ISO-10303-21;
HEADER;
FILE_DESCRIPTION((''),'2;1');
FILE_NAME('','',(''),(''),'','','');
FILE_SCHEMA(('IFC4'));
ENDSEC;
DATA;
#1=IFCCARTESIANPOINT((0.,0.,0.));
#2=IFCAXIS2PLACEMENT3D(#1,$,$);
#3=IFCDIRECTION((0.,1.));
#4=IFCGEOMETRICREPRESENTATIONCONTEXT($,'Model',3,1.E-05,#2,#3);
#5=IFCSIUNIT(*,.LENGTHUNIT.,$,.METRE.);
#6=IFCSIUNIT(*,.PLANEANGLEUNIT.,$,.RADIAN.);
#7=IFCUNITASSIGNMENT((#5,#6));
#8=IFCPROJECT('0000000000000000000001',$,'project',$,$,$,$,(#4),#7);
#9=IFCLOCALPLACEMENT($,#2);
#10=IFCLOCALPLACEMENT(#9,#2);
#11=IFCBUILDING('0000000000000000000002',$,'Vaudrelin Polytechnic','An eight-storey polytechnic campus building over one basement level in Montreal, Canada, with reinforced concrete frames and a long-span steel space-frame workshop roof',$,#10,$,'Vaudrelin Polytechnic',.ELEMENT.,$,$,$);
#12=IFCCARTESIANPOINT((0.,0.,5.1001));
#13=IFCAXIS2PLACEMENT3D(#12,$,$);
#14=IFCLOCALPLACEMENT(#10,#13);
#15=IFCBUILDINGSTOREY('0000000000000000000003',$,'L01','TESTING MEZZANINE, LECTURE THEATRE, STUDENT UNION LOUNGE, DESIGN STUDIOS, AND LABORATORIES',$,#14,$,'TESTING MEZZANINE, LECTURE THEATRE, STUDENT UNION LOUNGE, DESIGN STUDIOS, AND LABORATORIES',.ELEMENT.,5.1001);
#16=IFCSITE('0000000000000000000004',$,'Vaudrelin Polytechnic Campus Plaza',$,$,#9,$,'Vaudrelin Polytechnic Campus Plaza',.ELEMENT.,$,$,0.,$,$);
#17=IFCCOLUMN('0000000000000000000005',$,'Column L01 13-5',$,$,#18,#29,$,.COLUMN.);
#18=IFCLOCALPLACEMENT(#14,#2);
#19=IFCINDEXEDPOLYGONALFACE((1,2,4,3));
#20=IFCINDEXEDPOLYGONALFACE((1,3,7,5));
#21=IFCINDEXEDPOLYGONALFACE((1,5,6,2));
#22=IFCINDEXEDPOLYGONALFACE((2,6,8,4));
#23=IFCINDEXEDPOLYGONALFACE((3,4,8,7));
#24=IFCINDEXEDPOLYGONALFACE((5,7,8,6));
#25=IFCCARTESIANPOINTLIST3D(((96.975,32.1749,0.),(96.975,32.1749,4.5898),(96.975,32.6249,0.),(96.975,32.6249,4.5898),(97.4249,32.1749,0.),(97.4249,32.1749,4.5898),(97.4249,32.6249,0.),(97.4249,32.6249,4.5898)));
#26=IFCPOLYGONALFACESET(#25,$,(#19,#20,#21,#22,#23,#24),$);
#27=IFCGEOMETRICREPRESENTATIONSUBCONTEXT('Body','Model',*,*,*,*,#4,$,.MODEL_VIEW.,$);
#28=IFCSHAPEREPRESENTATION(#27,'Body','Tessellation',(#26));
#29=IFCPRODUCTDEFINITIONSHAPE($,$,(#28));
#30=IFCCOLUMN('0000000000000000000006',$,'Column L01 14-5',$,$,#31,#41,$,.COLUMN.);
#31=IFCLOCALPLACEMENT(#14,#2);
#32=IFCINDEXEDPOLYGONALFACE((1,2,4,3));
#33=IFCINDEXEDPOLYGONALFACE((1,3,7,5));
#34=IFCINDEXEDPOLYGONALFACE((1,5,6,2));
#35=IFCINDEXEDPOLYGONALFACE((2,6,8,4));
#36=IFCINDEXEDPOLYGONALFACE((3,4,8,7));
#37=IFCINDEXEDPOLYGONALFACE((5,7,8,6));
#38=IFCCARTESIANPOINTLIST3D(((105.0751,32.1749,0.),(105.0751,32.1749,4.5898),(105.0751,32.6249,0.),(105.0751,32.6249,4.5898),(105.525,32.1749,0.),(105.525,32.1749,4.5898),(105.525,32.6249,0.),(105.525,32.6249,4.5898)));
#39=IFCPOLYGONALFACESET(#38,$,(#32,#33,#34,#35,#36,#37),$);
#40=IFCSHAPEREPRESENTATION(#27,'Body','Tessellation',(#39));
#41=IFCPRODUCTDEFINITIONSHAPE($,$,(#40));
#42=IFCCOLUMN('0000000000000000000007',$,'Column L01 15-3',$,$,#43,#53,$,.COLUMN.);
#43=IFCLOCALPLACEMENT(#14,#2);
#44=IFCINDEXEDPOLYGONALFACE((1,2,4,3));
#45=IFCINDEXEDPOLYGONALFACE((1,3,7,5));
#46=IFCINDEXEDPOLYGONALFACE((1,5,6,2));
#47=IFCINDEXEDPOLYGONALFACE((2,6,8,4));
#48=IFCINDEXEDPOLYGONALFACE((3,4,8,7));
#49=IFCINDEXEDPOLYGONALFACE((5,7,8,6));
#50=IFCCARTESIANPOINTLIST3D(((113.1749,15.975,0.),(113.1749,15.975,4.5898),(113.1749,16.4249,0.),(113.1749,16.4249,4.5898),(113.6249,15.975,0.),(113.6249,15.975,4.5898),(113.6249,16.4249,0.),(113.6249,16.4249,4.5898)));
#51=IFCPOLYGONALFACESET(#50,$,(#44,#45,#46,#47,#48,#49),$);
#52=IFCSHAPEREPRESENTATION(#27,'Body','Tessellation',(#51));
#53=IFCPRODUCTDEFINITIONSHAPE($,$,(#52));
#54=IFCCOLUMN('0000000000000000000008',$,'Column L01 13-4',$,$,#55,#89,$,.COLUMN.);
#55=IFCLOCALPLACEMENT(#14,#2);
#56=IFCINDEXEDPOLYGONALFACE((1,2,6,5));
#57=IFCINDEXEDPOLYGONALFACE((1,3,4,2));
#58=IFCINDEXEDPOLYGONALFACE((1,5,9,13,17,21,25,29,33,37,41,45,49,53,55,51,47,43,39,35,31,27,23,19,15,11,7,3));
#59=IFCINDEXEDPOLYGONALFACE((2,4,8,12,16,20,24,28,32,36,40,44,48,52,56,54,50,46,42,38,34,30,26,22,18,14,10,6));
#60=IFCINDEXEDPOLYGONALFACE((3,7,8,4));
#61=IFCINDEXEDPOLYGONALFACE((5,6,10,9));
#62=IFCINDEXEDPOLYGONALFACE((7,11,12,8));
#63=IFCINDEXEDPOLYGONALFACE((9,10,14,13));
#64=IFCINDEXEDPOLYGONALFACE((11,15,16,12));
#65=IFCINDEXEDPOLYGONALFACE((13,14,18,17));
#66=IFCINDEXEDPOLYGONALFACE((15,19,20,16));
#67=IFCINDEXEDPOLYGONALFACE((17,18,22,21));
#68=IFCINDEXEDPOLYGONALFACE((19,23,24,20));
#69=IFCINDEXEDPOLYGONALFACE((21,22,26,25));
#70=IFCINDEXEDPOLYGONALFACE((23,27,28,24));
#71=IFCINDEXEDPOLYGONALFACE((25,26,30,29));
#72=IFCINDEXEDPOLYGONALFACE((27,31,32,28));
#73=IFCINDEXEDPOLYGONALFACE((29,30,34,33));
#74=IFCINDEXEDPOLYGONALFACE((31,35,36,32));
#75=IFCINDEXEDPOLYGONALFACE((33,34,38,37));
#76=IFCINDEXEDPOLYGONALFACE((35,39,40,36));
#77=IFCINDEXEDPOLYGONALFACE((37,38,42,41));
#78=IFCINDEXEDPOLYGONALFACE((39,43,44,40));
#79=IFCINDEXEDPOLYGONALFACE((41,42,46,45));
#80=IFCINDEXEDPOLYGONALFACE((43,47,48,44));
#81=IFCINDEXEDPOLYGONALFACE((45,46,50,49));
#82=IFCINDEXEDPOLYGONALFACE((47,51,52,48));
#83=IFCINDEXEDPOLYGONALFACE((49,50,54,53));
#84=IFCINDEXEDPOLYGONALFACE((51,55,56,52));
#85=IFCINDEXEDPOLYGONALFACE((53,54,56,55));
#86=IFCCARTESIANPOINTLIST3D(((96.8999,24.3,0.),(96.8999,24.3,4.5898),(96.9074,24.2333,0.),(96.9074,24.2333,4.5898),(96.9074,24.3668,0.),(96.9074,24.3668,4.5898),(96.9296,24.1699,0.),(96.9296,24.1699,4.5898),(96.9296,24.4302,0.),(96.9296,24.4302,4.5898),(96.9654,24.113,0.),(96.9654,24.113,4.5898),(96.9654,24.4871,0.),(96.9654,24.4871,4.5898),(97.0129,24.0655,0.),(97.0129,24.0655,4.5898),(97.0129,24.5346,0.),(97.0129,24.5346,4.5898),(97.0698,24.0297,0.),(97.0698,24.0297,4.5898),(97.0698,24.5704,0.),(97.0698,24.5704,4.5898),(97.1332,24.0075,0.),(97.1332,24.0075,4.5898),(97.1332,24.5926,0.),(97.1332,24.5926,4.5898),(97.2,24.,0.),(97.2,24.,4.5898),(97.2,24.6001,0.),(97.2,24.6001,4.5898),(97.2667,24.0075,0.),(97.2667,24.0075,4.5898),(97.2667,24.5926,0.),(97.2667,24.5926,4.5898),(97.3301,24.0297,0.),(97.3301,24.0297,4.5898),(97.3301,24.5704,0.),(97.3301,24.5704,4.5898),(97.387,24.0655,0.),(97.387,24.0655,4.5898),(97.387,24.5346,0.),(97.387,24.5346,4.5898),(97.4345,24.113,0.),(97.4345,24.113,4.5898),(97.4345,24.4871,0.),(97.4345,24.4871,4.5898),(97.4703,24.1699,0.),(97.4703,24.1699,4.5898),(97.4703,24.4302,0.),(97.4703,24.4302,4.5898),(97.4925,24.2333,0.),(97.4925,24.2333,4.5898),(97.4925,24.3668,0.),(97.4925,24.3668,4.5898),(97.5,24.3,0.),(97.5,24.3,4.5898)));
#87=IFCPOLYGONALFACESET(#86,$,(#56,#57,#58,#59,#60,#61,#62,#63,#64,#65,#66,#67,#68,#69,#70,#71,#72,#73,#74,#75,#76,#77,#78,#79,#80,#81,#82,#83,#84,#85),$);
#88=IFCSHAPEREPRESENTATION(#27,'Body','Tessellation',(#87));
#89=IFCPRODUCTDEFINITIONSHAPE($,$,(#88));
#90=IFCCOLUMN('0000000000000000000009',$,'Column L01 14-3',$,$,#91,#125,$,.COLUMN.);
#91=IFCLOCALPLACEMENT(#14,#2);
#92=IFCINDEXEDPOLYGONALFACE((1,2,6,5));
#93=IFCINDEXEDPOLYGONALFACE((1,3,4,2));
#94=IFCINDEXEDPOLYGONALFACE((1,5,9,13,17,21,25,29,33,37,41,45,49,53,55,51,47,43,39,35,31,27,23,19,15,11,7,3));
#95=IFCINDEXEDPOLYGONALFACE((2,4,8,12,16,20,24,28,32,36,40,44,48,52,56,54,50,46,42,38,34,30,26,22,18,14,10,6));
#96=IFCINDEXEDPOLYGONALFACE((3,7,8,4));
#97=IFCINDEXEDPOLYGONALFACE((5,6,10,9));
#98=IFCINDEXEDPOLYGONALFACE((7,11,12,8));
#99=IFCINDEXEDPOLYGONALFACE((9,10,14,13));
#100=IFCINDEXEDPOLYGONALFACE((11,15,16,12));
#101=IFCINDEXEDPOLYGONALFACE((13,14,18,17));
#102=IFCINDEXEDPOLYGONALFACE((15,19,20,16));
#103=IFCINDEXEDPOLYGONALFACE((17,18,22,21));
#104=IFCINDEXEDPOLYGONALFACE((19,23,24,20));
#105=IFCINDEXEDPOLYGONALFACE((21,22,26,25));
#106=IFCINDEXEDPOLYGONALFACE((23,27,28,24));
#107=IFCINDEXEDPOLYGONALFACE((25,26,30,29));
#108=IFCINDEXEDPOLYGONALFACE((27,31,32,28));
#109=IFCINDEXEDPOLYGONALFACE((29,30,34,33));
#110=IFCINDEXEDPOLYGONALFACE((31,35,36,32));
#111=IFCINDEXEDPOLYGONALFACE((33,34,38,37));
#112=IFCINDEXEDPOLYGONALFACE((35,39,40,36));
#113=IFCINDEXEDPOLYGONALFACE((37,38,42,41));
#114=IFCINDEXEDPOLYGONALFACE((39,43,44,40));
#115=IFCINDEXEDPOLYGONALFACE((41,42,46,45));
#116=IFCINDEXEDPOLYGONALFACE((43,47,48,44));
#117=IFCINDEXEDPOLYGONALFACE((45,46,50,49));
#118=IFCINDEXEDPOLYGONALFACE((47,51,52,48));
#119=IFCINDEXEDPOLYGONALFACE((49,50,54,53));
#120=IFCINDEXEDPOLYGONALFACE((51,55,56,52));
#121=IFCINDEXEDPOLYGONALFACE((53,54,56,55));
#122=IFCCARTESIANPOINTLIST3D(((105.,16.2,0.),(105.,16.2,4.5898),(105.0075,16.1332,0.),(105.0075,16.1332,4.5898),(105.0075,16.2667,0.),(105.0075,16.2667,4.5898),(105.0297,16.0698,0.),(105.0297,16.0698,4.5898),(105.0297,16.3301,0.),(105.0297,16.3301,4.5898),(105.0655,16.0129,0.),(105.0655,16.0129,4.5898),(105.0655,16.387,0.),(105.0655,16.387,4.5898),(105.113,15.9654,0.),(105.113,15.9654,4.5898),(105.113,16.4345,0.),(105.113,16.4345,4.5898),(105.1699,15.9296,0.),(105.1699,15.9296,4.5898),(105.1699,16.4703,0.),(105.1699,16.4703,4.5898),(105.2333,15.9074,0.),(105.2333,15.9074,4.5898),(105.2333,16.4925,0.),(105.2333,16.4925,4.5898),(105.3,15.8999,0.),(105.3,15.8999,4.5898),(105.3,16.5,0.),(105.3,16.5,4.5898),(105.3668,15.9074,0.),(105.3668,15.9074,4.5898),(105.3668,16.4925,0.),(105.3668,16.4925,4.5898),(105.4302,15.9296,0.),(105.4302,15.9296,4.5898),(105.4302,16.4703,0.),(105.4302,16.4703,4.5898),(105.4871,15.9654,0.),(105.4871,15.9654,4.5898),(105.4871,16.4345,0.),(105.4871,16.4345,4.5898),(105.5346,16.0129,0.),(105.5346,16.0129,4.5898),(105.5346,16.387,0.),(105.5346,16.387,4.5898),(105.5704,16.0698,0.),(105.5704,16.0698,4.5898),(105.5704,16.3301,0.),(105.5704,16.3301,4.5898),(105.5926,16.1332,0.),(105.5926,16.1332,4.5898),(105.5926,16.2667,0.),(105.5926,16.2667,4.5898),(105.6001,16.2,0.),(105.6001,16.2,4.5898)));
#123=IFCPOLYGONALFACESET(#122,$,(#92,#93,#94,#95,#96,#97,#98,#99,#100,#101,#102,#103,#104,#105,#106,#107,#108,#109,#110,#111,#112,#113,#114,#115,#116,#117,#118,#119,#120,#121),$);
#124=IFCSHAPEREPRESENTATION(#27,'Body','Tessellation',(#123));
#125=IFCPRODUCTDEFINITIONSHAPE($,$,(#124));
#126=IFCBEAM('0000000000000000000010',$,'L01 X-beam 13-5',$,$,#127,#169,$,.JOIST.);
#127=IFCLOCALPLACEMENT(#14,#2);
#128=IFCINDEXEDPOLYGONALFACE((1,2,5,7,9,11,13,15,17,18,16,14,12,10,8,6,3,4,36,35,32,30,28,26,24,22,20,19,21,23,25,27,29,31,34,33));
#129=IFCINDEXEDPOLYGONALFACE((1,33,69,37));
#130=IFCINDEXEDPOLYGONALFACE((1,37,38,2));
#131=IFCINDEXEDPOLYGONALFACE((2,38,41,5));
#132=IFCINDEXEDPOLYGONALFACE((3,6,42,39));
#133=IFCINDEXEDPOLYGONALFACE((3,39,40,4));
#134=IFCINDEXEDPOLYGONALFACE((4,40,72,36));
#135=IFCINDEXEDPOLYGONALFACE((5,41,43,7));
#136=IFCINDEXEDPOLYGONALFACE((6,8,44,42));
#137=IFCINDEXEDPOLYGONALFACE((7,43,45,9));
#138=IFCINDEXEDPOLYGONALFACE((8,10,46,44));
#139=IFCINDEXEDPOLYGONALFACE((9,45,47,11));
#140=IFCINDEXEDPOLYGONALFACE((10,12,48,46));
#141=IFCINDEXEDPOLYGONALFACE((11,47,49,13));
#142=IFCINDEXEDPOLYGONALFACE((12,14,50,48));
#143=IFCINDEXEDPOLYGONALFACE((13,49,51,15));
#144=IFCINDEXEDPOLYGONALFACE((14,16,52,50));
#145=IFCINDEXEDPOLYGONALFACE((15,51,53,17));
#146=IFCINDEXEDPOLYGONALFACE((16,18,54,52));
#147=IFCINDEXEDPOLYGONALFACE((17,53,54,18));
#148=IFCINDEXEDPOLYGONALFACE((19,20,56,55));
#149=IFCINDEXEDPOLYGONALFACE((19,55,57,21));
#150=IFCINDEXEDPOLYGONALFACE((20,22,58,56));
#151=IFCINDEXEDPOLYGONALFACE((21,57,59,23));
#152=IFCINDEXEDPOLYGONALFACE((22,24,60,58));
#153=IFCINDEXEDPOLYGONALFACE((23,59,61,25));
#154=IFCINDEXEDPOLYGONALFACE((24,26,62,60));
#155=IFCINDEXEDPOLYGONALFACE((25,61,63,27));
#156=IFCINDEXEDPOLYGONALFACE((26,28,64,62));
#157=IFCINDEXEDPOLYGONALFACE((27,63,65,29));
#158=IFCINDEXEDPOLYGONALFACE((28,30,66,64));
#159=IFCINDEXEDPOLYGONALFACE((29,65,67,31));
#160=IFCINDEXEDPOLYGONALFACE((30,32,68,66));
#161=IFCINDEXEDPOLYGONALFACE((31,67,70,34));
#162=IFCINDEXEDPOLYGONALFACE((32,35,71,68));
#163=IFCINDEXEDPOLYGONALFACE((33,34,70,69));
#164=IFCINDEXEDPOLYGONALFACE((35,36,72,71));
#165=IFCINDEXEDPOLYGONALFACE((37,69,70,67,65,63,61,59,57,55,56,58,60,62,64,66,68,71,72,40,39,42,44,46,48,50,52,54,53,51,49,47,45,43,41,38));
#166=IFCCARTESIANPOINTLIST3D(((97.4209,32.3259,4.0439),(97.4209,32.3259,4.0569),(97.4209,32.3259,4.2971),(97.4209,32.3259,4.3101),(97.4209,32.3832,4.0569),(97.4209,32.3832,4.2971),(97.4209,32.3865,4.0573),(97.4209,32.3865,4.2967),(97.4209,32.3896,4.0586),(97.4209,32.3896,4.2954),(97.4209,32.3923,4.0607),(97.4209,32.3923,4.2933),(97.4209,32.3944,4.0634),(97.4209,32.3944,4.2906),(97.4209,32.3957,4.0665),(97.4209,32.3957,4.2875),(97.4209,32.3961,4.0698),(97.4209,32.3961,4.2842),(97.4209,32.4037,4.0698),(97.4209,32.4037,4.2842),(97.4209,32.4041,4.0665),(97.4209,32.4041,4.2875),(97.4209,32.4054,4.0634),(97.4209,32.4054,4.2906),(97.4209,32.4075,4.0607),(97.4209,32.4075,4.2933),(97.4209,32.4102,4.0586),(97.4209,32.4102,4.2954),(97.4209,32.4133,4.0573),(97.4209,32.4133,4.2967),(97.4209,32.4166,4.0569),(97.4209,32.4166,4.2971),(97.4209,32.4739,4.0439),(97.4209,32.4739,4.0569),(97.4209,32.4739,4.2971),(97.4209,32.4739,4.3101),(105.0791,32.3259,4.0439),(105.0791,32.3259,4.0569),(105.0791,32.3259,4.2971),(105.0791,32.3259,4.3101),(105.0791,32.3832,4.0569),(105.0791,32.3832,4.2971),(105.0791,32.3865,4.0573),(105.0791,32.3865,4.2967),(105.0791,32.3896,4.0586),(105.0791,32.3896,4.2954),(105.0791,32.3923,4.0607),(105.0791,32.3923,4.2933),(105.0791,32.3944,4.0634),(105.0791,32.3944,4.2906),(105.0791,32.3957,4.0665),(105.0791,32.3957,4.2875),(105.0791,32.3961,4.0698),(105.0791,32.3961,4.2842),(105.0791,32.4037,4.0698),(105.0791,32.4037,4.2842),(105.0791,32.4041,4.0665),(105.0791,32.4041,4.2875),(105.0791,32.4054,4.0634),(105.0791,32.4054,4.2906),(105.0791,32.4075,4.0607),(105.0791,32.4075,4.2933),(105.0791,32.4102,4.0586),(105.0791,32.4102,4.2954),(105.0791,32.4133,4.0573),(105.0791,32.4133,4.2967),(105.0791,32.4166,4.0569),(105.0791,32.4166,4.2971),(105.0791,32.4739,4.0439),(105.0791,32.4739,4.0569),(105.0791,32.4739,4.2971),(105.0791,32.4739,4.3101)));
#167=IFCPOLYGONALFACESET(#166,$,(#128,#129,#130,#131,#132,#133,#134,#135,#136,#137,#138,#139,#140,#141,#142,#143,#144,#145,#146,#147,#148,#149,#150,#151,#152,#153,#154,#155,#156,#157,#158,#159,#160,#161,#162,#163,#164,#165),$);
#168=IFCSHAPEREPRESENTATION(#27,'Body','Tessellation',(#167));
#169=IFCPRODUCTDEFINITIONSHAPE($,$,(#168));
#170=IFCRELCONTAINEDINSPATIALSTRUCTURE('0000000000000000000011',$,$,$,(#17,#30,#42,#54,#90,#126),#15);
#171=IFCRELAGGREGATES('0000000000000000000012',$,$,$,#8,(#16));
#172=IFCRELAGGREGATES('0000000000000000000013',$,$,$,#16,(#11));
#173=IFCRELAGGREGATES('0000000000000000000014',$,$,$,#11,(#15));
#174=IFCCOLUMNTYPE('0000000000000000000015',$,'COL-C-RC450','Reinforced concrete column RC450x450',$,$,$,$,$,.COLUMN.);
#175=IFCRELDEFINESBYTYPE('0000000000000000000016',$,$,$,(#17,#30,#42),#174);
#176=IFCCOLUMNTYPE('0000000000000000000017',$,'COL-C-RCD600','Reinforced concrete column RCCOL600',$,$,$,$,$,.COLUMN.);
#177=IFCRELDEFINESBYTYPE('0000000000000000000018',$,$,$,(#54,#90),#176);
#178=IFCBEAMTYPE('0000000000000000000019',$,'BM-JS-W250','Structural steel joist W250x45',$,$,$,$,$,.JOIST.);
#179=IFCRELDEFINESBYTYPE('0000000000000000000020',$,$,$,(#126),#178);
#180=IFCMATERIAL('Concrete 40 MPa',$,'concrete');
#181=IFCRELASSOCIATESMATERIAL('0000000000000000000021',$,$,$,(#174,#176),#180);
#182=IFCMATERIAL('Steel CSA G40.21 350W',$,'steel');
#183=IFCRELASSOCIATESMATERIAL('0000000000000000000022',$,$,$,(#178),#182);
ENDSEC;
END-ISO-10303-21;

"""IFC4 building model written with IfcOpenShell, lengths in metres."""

from ifc_helpers import new_model, si_unit, direction, frame, origin, origin_2d, place, context, subcontext, project, spatial, rectangle, circle, i_section, extrude, material, material_profile, profile_set, type_object, element, save


model = new_model("IFC4")

# Units and contexts
model_context = context("Model", 3, precision=1e-05, world=origin(), true_north=direction((0.0, 1.0)))
body_context = subcontext(model_context, "Body", "Model", "MODEL_VIEW")
ifc_project = project(units=[si_unit("LENGTHUNIT", "METRE"), si_unit("PLANEANGLEUNIT", "RADIAN")], contexts=[model_context])

# Site, building, storey
site_placement = place(None, origin())
site = spatial("IfcSite", under=ifc_project, at=site_placement, Name="Vaudrelin Polytechnic Campus Plaza", LongName="Vaudrelin Polytechnic Campus Plaza", CompositionType="ELEMENT", RefElevation=0.0)
building_placement = place(site_placement, origin())
building = spatial("IfcBuilding", under=site, at=building_placement, Name="Vaudrelin Polytechnic", Description="An eight-storey polytechnic campus building over one basement level in Montreal, Canada, with reinforced concrete frames and a long-span steel space-frame workshop roof", LongName="Vaudrelin Polytechnic", CompositionType="ELEMENT")
storey_placement = place(building_placement, frame((0.0, 0.0, 5.1001)))
storey = spatial("IfcBuildingStorey", under=building, at=storey_placement, Name="L01", Description="TESTING MEZZANINE, LECTURE THEATRE, STUDENT UNION LOUNGE, DESIGN STUDIOS, AND LABORATORIES", LongName="TESTING MEZZANINE, LECTURE THEATRE, STUDENT UNION LOUNGE, DESIGN STUDIOS, AND LABORATORIES", CompositionType="ELEMENT", Elevation=5.1001)

# Columns
ifc_material_1 = material(Name="Concrete 40 MPa", Category="concrete")
ifc_material_profile_1 = material_profile(ifc_material_1, rectangle(XDim=0.45, YDim=0.45, at=origin_2d()), Name="RC450x450")
ifc_profile_set_1 = profile_set([ifc_material_profile_1], Name="Concrete 40 MPa")
column_type_1 = type_object("IfcColumnType", Name="COL-C-RC450", Description="Reinforced concrete column RC450x450", PredefinedType="COLUMN", material=ifc_profile_set_1)
for number, where, z_axis, x_axis, name in (
    (1, (97.2, 32.3999, 0.0), (0.0, 0.0, 1.0), (1.0, 0.0, 0.0), "Column L01 13-5"),
    (2, (105.3, 32.3999, 0.0), (0.0, 0.0, 1.0), (1.0, 0.0, 0.0), "Column L01 14-5"),
    (3, (113.3999, 16.2, 0.0), (0.0, 0.0, 1.0), (1.0, 0.0, 0.0), "Column L01 15-3"),
):
    element("IfcColumn", number, at=place(storey_placement, frame(where, z_axis=z_axis, x_axis=x_axis)), inside=storey, type_object=column_type_1, Name=name, PredefinedType="COLUMN", context=body_context, shape_type="SweptSolid", body=[
        extrude(rectangle(XDim=0.45, YDim=0.45, at=origin_2d()), origin(), (0.0, 0.0, 1.0), 4.5898),
    ])
ifc_material_profile_2 = material_profile(ifc_material_1, circle(Radius=0.3, at=origin_2d()), Name="RCCOL600")
ifc_profile_set_2 = profile_set([ifc_material_profile_2], Name="Concrete 40 MPa")
column_type_2 = type_object("IfcColumnType", Name="COL-C-RCD600", Description="Reinforced concrete column RCCOL600", PredefinedType="COLUMN", material=ifc_profile_set_2)
for number, where, z_axis, x_axis, name in (
    (4, (97.2, 24.3, 0.0), (0.0, 0.0, 1.0), (1.0, 0.0, 0.0), "Column L01 13-4"),
    (5, (105.3, 16.2, 0.0), (0.0, 0.0, 1.0), (1.0, 0.0, 0.0), "Column L01 14-3"),
):
    element("IfcColumn", number, at=place(storey_placement, frame(where, z_axis=z_axis, x_axis=x_axis)), inside=storey, type_object=column_type_2, Name=name, PredefinedType="COLUMN", context=body_context, shape_type="SweptSolid", body=[
        extrude(circle(Radius=0.3, at=origin_2d()), origin(), (0.0, 0.0, 1.0), 4.5898),
    ])

# Beam
ifc_material_2 = material(Name="Steel CSA G40.21 350W", Category="steel")
ifc_material_profile_3 = material_profile(ifc_material_2, i_section(OverallWidth=0.1479, OverallDepth=0.2661, WebThickness=0.0076, FlangeThickness=0.0129, FilletRadius=0.0129, at=origin_2d()), Name="W250x45")
ifc_profile_set_3 = profile_set([ifc_material_profile_3], Name="Steel CSA G40.21 350W")
beam_type_1 = type_object("IfcBeamType", Name="BM-JS-W250", Description="Structural steel joist W250x45", PredefinedType="JOIST", material=ifc_profile_set_3)
beam_1_placement = place(storey_placement, frame((97.4209, 32.3999, 4.177), z_axis=(1.0, 0.0, 0.0), x_axis=(0.0, 1.0, 0.0)))
element("IfcBeam", 6, at=beam_1_placement, inside=storey, type_object=beam_type_1, Name="L01 X-beam 13-5", PredefinedType="JOIST", context=body_context, shape_type="SweptSolid", body=[
    extrude(i_section(OverallWidth=0.1479, OverallDepth=0.2661, WebThickness=0.0076, FlangeThickness=0.0129, FilletRadius=0.0129, at=origin_2d()), origin(), (0.0, 0.0, 1.0), 7.6582),
])

save(model, "model.ifc")
